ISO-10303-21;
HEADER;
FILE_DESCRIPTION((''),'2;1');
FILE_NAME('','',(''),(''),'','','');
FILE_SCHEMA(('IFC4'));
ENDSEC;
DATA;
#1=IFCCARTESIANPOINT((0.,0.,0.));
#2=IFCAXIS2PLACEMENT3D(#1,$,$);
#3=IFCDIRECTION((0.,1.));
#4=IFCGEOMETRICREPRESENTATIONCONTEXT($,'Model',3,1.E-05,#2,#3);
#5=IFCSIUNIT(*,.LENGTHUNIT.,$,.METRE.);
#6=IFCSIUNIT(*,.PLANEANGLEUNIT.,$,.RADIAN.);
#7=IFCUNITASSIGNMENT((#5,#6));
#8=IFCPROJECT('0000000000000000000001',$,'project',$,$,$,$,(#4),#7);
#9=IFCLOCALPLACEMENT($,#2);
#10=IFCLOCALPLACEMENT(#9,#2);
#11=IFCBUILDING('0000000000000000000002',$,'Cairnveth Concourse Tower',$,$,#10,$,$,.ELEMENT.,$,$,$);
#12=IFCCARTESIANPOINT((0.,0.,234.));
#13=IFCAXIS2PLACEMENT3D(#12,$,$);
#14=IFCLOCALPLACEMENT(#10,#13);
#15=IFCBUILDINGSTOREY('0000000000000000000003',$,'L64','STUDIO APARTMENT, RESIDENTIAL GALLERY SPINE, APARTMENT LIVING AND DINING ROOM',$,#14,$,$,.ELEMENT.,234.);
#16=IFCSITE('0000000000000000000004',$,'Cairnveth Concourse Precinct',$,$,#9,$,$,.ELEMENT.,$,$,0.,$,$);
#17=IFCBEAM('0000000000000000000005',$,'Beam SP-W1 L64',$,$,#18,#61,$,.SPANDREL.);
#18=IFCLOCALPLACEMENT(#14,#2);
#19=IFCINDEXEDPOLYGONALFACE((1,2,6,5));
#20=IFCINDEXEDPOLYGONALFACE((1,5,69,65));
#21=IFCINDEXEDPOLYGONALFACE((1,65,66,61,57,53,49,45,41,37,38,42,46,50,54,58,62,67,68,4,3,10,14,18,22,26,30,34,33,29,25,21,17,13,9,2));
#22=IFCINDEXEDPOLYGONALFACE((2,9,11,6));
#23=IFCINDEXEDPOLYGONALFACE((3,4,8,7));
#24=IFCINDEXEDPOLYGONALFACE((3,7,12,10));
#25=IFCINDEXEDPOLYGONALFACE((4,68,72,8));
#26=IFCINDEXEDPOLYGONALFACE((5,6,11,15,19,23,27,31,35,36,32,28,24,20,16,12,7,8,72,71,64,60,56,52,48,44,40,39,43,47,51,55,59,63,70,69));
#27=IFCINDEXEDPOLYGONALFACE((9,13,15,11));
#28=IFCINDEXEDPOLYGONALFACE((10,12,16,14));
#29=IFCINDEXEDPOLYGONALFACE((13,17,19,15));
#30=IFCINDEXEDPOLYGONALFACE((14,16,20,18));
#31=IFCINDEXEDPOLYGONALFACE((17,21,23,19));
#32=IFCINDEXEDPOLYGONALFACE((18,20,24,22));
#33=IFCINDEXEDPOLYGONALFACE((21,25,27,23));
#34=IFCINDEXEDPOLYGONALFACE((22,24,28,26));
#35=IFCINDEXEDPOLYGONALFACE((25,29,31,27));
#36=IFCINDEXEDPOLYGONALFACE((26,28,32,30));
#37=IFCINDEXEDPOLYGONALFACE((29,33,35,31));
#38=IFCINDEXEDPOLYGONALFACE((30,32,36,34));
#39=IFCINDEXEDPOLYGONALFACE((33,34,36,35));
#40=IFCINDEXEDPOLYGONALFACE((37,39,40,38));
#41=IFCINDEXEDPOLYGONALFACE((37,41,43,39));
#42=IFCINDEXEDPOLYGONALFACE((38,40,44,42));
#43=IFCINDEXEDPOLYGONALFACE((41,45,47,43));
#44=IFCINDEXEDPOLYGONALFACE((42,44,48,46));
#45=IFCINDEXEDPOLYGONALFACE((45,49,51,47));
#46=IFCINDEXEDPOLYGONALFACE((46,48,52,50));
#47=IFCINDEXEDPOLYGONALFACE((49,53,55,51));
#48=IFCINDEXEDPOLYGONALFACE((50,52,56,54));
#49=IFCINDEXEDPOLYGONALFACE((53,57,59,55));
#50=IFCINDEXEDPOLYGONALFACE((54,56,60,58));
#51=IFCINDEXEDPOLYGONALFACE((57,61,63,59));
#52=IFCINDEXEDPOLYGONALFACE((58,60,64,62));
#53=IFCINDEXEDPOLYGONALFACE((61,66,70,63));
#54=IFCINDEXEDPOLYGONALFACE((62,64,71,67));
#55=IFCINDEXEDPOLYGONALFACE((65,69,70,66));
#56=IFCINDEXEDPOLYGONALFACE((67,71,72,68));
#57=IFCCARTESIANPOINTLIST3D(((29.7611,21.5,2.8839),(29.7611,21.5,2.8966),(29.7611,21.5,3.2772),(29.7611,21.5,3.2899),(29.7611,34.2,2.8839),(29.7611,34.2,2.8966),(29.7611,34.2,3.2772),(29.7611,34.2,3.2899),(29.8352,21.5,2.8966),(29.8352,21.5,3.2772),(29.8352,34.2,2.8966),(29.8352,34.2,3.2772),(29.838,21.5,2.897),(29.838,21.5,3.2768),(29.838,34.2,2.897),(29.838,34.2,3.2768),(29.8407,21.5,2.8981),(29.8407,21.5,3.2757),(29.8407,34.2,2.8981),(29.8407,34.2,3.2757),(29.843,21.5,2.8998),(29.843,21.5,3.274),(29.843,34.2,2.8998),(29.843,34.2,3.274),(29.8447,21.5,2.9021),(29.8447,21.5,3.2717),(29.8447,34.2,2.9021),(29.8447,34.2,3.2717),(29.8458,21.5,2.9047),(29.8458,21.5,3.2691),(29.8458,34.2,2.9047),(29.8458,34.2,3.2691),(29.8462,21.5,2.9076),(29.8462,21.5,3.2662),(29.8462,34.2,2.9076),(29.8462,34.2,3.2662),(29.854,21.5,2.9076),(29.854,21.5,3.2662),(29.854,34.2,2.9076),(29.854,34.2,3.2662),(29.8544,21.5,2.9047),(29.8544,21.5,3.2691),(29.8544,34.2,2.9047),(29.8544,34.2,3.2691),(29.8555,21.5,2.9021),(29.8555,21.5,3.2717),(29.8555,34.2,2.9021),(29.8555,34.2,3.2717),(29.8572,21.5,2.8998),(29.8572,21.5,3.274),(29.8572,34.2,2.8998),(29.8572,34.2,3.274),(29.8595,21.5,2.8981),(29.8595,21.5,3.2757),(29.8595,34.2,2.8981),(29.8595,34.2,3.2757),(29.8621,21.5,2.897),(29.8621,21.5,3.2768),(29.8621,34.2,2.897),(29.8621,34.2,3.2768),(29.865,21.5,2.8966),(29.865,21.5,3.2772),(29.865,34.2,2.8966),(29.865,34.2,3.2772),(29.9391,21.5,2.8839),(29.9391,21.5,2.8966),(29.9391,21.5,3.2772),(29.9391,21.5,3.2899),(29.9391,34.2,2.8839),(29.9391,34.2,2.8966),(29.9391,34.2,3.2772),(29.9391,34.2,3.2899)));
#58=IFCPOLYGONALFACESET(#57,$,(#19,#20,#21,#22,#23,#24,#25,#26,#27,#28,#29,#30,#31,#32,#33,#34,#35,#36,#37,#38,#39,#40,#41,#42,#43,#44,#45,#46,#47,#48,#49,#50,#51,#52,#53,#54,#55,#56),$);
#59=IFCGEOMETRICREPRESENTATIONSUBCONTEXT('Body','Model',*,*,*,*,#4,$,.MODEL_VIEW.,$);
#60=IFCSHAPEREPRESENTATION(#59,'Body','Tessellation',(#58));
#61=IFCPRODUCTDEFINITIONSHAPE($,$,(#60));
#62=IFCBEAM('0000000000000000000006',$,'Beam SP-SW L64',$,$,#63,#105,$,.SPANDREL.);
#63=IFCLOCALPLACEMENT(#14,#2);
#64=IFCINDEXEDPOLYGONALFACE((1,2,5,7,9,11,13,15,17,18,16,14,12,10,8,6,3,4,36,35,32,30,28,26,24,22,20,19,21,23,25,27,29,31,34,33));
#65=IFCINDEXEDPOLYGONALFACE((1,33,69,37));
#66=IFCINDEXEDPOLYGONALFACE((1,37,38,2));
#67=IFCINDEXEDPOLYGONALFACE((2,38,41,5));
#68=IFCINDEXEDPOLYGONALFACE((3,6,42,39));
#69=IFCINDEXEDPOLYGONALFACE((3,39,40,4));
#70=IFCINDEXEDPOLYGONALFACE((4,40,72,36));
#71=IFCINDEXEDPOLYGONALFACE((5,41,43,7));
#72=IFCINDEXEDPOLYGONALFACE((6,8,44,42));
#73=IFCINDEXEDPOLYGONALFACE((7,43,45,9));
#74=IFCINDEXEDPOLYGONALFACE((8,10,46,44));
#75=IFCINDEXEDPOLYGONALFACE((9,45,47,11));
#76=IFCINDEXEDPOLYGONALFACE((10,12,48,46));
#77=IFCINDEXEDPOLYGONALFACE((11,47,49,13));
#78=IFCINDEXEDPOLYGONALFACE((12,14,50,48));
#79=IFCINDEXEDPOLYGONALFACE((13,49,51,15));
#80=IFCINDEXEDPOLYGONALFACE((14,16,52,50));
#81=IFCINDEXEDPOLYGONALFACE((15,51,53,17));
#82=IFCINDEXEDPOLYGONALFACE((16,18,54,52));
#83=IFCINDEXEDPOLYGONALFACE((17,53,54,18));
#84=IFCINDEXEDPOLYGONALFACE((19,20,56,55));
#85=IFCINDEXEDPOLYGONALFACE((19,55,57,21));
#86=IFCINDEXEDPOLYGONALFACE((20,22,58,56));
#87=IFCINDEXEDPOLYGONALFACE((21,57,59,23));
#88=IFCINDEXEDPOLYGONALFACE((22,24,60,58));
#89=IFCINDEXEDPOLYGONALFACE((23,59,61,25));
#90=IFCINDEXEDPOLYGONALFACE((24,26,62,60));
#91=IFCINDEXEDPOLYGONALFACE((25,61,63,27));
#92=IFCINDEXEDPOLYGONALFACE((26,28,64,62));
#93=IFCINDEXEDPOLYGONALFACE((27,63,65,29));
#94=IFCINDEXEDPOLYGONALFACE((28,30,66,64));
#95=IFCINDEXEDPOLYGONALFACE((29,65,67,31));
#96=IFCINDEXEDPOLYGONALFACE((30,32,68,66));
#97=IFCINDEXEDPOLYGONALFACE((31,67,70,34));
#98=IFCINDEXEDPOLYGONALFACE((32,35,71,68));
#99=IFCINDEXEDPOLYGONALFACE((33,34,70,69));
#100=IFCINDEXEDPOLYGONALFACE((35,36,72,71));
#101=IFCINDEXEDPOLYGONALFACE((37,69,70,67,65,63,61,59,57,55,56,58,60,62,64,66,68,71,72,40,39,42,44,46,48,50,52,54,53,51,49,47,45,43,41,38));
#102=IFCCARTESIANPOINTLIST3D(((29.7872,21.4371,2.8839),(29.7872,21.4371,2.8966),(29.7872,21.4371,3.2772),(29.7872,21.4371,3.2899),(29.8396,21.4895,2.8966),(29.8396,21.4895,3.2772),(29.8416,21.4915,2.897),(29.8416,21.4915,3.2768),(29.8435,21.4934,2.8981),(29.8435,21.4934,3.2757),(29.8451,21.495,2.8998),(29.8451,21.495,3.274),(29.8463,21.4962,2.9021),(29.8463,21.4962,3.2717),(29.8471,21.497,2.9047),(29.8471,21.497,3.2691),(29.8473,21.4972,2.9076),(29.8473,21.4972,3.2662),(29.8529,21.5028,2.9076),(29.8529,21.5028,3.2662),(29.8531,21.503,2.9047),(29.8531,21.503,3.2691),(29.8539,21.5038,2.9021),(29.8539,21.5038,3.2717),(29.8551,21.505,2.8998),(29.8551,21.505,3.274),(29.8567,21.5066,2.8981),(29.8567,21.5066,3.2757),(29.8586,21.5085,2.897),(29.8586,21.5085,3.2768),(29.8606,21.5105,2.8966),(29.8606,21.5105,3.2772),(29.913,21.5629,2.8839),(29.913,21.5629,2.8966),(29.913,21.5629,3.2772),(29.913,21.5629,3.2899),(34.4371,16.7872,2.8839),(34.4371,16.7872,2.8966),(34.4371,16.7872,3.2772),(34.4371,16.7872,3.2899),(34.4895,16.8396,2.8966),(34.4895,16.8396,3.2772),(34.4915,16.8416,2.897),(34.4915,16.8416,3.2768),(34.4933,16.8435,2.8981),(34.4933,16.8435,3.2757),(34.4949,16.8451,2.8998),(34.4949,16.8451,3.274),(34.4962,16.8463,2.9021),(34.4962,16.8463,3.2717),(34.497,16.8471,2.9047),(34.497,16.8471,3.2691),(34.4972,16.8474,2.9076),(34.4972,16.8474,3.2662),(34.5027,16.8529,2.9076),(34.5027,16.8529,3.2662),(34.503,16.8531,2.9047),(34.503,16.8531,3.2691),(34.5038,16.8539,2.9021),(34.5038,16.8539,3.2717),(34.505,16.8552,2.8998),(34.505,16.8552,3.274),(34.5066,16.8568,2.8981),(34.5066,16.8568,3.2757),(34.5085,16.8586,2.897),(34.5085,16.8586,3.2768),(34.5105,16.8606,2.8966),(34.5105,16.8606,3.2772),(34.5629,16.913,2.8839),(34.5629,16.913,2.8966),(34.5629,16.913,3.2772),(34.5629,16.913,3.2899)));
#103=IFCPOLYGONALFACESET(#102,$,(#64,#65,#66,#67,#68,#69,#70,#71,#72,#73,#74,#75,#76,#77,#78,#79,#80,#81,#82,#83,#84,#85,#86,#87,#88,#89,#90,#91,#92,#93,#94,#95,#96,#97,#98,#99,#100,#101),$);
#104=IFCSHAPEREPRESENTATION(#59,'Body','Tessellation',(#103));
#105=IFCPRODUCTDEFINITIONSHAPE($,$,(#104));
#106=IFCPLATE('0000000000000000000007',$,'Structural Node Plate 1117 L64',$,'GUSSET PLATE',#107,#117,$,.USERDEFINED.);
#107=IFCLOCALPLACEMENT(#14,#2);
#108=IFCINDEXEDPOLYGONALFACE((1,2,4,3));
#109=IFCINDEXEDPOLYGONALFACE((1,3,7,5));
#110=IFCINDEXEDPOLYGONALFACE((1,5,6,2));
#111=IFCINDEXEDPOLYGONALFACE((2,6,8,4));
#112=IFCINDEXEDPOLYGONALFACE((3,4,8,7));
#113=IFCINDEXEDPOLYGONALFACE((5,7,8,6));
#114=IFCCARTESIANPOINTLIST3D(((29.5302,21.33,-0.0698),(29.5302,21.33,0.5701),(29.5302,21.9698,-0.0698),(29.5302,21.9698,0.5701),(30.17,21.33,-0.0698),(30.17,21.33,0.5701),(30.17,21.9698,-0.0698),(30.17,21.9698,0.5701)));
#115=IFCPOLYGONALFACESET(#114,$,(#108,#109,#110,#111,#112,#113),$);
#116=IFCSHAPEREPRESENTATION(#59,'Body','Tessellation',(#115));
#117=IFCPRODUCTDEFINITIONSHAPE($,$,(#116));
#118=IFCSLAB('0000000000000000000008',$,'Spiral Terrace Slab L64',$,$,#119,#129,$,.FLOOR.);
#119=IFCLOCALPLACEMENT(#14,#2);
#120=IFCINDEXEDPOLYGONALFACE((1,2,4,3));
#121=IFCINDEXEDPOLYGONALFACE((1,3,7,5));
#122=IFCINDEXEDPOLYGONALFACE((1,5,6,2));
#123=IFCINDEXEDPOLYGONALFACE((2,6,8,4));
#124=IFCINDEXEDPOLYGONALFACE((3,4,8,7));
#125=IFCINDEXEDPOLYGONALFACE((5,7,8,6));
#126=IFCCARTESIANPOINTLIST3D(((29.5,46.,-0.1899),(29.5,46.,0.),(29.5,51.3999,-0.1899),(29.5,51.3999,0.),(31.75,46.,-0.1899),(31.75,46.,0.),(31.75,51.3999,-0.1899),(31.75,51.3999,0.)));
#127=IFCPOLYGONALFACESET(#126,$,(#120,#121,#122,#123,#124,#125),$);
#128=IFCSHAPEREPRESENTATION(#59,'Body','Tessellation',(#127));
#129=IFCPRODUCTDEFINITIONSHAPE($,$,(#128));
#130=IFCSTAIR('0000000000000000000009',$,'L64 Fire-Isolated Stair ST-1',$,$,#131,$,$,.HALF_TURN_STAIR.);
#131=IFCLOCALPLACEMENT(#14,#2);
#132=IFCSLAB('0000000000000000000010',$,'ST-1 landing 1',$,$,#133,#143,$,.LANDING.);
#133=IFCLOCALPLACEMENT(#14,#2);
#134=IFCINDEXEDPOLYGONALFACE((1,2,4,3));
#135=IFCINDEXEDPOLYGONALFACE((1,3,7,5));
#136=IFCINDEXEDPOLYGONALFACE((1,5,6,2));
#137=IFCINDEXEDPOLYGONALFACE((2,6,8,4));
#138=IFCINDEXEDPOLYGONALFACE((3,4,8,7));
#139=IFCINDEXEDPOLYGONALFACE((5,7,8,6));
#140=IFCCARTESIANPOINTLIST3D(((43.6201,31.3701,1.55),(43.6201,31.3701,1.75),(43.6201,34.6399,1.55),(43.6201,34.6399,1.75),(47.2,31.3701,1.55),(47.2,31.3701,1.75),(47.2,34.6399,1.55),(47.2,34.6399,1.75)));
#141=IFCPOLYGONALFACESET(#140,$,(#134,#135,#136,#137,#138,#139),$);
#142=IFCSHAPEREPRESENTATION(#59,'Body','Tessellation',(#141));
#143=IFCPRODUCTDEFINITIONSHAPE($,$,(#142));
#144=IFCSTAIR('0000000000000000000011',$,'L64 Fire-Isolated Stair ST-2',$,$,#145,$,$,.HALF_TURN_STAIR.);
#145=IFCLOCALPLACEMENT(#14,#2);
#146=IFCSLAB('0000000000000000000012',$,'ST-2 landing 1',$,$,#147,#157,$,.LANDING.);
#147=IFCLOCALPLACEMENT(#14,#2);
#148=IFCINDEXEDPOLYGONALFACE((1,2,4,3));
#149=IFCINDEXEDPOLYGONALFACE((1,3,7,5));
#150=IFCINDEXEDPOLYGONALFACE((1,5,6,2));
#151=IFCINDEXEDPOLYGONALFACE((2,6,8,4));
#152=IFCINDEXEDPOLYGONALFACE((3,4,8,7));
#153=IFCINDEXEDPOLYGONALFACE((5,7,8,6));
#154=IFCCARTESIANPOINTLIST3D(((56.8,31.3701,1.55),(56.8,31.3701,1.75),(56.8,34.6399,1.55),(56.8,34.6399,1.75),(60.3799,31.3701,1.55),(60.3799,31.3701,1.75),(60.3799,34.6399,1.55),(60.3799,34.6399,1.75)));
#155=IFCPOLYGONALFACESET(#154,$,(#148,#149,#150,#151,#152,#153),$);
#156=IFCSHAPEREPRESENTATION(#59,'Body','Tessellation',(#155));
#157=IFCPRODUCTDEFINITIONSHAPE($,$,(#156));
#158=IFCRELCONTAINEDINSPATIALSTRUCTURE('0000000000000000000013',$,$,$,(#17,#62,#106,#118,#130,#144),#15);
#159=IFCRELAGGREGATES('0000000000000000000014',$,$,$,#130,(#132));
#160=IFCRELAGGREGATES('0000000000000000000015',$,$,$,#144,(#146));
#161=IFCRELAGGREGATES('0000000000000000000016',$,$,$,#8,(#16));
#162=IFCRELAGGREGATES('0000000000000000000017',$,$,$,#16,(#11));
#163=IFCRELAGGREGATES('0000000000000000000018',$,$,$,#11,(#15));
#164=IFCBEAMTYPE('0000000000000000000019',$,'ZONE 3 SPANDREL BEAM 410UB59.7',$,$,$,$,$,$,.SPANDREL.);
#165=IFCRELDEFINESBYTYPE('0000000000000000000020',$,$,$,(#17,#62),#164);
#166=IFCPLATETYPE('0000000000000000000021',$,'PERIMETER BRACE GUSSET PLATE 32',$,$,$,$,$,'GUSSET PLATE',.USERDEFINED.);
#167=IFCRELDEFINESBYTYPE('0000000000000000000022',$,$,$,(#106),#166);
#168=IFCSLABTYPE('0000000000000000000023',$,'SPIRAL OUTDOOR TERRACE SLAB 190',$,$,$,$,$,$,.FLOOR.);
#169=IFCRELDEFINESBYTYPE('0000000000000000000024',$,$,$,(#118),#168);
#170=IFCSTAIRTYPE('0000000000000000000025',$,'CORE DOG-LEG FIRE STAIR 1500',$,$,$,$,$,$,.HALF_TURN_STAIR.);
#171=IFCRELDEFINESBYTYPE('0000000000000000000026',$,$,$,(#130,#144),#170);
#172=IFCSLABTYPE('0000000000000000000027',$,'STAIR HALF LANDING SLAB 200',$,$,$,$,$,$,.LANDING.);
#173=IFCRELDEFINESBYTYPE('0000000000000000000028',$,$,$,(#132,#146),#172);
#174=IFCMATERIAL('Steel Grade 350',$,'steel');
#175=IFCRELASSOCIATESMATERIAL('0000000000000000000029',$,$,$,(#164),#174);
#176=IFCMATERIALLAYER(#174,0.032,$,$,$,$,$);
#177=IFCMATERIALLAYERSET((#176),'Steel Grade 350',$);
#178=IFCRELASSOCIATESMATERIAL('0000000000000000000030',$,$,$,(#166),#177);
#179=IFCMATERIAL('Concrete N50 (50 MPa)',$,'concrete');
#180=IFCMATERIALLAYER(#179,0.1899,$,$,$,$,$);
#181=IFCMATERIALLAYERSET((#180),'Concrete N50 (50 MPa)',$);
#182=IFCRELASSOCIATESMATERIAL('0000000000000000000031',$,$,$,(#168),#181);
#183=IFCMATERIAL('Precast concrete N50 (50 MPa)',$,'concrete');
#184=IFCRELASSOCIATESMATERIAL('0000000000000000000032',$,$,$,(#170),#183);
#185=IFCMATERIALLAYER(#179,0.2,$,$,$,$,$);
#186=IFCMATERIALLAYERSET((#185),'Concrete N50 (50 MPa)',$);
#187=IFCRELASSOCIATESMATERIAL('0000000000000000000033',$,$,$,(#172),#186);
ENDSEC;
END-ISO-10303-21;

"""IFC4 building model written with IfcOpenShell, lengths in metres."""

from ifc_helpers import new_model, si_unit, direction, frame, origin, origin_2d, place, context, subcontext, project, spatial, polyline, rectangle, i_section, outline, extrude, material, layer, layer_set, material_profile, profile_set, type_object, element, aggregate, save


model = new_model("IFC4")

# Units and contexts
model_context = context("Model", 3, precision=1e-05, world=origin(), true_north=direction((0.0, 1.0)))
body_context = subcontext(model_context, "Body", "Model", "MODEL_VIEW")
ifc_project = project(units=[si_unit("LENGTHUNIT", "METRE"), si_unit("PLANEANGLEUNIT", "RADIAN")], contexts=[model_context])

# Site, building, storey
site_placement = place(None, origin())
site = spatial("IfcSite", under=ifc_project, at=site_placement, Name="Cairnveth Concourse Precinct", CompositionType="ELEMENT", RefElevation=0.0)
building_placement = place(site_placement, origin())
building = spatial("IfcBuilding", under=site, at=building_placement, Name="Cairnveth Concourse Tower", CompositionType="ELEMENT")
storey_placement = place(building_placement, frame((0.0, 0.0, 234.0)))
storey = spatial("IfcBuildingStorey", under=building, at=storey_placement, Name="L64", Description="STUDIO APARTMENT, RESIDENTIAL GALLERY SPINE, APARTMENT LIVING AND DINING ROOM", CompositionType="ELEMENT", Elevation=234.0)

# Shared definitions
ifc_material_1 = material(Name="Steel Grade 350", Category="steel")

# Beams
ifc_material_profile_1 = material_profile(ifc_material_1, i_section(OverallWidth=0.178, OverallDepth=0.406, WebThickness=0.0078, FlangeThickness=0.0127, FilletRadius=0.011, at=origin_2d()), Name="410UB59.7")
ifc_profile_set_1 = profile_set([ifc_material_profile_1], Name="Steel Grade 350")
beam_type_1 = type_object("IfcBeamType", Name="ZONE 3 SPANDREL BEAM 410UB59.7", PredefinedType="SPANDREL", material=ifc_profile_set_1)
beam_1_placement = place(storey_placement, frame((29.8501, 21.5, 3.0869), z_axis=(0.0, 1.0, 0.0), x_axis=(-1.0, 0.0, 0.0)))
element("IfcBeam", 1, at=beam_1_placement, inside=storey, type_object=beam_type_1, Name="Beam SP-W1 L64", PredefinedType="SPANDREL", context=body_context, shape_type="SweptSolid", body=[
    extrude(i_section(OverallWidth=0.178, OverallDepth=0.406, WebThickness=0.0078, FlangeThickness=0.0127, FilletRadius=0.011, at=origin_2d()), origin(), (0.0, 0.0, 1.0), 12.7),
])
beam_2_placement = place(storey_placement, frame((29.8501, 21.5, 3.0869), z_axis=(0.707107, -0.707107, 0.0), x_axis=(0.707107, 0.707107, 0.0)))
element("IfcBeam", 2, at=beam_2_placement, inside=storey, type_object=beam_type_1, Name="Beam SP-SW L64", PredefinedType="SPANDREL", context=body_context, shape_type="SweptSolid", body=[
    extrude(i_section(OverallWidth=0.178, OverallDepth=0.406, WebThickness=0.0078, FlangeThickness=0.0127, FilletRadius=0.011, at=origin_2d()), origin(), (0.0, 0.0, 1.0), 6.5759),
])

# Plate
ifc_layer_1 = layer(ifc_material_1, 0.032)
ifc_layer_set_1 = layer_set([ifc_layer_1], Name="Steel Grade 350")
plate_type = type_object("IfcPlateType", Name="PERIMETER BRACE GUSSET PLATE 32", ElementType="GUSSET PLATE", PredefinedType="USERDEFINED", material=ifc_layer_set_1)
plate_placement = place(storey_placement, frame((29.8501, 21.6499, -0.0698), z_axis=(0.0, 0.0, 1.0), x_axis=(1.0, 0.0, 0.0)))
element("IfcPlate", 3, at=plate_placement, inside=storey, type_object=plate_type, Name="Structural Node Plate 1117 L64", ObjectType="GUSSET PLATE", PredefinedType="USERDEFINED", context=body_context, shape_type="SweptSolid", body=[
    extrude(rectangle(XDim=0.6399, YDim=0.6399, at=origin_2d()), origin(), (0.0, 0.0, 1.0), 0.6399),
])

# Slab
ifc_material_2 = material(Name="Concrete N50 (50 MPa)", Category="concrete")
ifc_layer_2 = layer(ifc_material_2, 0.1899)
ifc_layer_set_2 = layer_set([ifc_layer_2], Name="Concrete N50 (50 MPa)")
slab_type_1 = type_object("IfcSlabType", Name="SPIRAL OUTDOOR TERRACE SLAB 190", PredefinedType="FLOOR", material=ifc_layer_set_2)
slab_1_placement = place(storey_placement, frame((0.0, 0.0, -0.1899)))
element("IfcSlab", 4, at=slab_1_placement, inside=storey, type_object=slab_type_1, Name="Spiral Terrace Slab L64", PredefinedType="FLOOR", context=body_context, shape_type="SweptSolid", body=[
    extrude(outline(polyline([(29.5, 46.0), (31.75, 46.0), (31.75, 51.3999), (29.5, 51.3999), (29.5, 46.0)])), origin(), (0.0, 0.0, 1.0), 0.1899),
])

# Stairs, slabs
ifc_material_3 = material(Name="Precast concrete N50 (50 MPa)", Category="concrete")
stair_type = type_object("IfcStairType", Name="CORE DOG-LEG FIRE STAIR 1500", PredefinedType="HALF_TURN_STAIR", material=ifc_material_3)
stair_1_placement = place(storey_placement, origin())
stair_1 = element("IfcStair", 5, at=stair_1_placement, inside=storey, type_object=stair_type, Name="L64 Fire-Isolated Stair ST-1", PredefinedType="HALF_TURN_STAIR")
ifc_layer_3 = layer(ifc_material_2, 0.2)
ifc_layer_set_3 = layer_set([ifc_layer_3], Name="Concrete N50 (50 MPa)")
slab_type_2 = type_object("IfcSlabType", Name="STAIR HALF LANDING SLAB 200", PredefinedType="LANDING", material=ifc_layer_set_3)
slab_2_placement = place(storey_placement, frame((0.0, 0.0, 1.55)))
slab_2 = element("IfcSlab", 6, at=slab_2_placement, type_object=slab_type_2, Name="ST-1 landing 1", PredefinedType="LANDING", context=body_context, shape_type="SweptSolid", body=[
    extrude(outline(polyline([(43.6201, 34.6399), (43.6201, 31.3701), (47.2, 31.3701), (47.2, 34.6399), (43.6201, 34.6399)])), origin(), (0.0, 0.0, 1.0), 0.2),
])
aggregate(stair_1, [slab_2])
stair_2_placement = place(storey_placement, origin())
stair_2 = element("IfcStair", 7, at=stair_2_placement, inside=storey, type_object=stair_type, Name="L64 Fire-Isolated Stair ST-2", PredefinedType="HALF_TURN_STAIR")
slab_3_placement = place(storey_placement, frame((0.0, 0.0, 1.55)))
slab_3 = element("IfcSlab", 8, at=slab_3_placement, type_object=slab_type_2, Name="ST-2 landing 1", PredefinedType="LANDING", context=body_context, shape_type="SweptSolid", body=[
    extrude(outline(polyline([(56.8, 34.6399), (56.8, 31.3701), (60.3799, 31.3701), (60.3799, 34.6399), (56.8, 34.6399)])), origin(), (0.0, 0.0, 1.0), 0.2),
])
aggregate(stair_2, [slab_3])

save(model, "model.ifc")
